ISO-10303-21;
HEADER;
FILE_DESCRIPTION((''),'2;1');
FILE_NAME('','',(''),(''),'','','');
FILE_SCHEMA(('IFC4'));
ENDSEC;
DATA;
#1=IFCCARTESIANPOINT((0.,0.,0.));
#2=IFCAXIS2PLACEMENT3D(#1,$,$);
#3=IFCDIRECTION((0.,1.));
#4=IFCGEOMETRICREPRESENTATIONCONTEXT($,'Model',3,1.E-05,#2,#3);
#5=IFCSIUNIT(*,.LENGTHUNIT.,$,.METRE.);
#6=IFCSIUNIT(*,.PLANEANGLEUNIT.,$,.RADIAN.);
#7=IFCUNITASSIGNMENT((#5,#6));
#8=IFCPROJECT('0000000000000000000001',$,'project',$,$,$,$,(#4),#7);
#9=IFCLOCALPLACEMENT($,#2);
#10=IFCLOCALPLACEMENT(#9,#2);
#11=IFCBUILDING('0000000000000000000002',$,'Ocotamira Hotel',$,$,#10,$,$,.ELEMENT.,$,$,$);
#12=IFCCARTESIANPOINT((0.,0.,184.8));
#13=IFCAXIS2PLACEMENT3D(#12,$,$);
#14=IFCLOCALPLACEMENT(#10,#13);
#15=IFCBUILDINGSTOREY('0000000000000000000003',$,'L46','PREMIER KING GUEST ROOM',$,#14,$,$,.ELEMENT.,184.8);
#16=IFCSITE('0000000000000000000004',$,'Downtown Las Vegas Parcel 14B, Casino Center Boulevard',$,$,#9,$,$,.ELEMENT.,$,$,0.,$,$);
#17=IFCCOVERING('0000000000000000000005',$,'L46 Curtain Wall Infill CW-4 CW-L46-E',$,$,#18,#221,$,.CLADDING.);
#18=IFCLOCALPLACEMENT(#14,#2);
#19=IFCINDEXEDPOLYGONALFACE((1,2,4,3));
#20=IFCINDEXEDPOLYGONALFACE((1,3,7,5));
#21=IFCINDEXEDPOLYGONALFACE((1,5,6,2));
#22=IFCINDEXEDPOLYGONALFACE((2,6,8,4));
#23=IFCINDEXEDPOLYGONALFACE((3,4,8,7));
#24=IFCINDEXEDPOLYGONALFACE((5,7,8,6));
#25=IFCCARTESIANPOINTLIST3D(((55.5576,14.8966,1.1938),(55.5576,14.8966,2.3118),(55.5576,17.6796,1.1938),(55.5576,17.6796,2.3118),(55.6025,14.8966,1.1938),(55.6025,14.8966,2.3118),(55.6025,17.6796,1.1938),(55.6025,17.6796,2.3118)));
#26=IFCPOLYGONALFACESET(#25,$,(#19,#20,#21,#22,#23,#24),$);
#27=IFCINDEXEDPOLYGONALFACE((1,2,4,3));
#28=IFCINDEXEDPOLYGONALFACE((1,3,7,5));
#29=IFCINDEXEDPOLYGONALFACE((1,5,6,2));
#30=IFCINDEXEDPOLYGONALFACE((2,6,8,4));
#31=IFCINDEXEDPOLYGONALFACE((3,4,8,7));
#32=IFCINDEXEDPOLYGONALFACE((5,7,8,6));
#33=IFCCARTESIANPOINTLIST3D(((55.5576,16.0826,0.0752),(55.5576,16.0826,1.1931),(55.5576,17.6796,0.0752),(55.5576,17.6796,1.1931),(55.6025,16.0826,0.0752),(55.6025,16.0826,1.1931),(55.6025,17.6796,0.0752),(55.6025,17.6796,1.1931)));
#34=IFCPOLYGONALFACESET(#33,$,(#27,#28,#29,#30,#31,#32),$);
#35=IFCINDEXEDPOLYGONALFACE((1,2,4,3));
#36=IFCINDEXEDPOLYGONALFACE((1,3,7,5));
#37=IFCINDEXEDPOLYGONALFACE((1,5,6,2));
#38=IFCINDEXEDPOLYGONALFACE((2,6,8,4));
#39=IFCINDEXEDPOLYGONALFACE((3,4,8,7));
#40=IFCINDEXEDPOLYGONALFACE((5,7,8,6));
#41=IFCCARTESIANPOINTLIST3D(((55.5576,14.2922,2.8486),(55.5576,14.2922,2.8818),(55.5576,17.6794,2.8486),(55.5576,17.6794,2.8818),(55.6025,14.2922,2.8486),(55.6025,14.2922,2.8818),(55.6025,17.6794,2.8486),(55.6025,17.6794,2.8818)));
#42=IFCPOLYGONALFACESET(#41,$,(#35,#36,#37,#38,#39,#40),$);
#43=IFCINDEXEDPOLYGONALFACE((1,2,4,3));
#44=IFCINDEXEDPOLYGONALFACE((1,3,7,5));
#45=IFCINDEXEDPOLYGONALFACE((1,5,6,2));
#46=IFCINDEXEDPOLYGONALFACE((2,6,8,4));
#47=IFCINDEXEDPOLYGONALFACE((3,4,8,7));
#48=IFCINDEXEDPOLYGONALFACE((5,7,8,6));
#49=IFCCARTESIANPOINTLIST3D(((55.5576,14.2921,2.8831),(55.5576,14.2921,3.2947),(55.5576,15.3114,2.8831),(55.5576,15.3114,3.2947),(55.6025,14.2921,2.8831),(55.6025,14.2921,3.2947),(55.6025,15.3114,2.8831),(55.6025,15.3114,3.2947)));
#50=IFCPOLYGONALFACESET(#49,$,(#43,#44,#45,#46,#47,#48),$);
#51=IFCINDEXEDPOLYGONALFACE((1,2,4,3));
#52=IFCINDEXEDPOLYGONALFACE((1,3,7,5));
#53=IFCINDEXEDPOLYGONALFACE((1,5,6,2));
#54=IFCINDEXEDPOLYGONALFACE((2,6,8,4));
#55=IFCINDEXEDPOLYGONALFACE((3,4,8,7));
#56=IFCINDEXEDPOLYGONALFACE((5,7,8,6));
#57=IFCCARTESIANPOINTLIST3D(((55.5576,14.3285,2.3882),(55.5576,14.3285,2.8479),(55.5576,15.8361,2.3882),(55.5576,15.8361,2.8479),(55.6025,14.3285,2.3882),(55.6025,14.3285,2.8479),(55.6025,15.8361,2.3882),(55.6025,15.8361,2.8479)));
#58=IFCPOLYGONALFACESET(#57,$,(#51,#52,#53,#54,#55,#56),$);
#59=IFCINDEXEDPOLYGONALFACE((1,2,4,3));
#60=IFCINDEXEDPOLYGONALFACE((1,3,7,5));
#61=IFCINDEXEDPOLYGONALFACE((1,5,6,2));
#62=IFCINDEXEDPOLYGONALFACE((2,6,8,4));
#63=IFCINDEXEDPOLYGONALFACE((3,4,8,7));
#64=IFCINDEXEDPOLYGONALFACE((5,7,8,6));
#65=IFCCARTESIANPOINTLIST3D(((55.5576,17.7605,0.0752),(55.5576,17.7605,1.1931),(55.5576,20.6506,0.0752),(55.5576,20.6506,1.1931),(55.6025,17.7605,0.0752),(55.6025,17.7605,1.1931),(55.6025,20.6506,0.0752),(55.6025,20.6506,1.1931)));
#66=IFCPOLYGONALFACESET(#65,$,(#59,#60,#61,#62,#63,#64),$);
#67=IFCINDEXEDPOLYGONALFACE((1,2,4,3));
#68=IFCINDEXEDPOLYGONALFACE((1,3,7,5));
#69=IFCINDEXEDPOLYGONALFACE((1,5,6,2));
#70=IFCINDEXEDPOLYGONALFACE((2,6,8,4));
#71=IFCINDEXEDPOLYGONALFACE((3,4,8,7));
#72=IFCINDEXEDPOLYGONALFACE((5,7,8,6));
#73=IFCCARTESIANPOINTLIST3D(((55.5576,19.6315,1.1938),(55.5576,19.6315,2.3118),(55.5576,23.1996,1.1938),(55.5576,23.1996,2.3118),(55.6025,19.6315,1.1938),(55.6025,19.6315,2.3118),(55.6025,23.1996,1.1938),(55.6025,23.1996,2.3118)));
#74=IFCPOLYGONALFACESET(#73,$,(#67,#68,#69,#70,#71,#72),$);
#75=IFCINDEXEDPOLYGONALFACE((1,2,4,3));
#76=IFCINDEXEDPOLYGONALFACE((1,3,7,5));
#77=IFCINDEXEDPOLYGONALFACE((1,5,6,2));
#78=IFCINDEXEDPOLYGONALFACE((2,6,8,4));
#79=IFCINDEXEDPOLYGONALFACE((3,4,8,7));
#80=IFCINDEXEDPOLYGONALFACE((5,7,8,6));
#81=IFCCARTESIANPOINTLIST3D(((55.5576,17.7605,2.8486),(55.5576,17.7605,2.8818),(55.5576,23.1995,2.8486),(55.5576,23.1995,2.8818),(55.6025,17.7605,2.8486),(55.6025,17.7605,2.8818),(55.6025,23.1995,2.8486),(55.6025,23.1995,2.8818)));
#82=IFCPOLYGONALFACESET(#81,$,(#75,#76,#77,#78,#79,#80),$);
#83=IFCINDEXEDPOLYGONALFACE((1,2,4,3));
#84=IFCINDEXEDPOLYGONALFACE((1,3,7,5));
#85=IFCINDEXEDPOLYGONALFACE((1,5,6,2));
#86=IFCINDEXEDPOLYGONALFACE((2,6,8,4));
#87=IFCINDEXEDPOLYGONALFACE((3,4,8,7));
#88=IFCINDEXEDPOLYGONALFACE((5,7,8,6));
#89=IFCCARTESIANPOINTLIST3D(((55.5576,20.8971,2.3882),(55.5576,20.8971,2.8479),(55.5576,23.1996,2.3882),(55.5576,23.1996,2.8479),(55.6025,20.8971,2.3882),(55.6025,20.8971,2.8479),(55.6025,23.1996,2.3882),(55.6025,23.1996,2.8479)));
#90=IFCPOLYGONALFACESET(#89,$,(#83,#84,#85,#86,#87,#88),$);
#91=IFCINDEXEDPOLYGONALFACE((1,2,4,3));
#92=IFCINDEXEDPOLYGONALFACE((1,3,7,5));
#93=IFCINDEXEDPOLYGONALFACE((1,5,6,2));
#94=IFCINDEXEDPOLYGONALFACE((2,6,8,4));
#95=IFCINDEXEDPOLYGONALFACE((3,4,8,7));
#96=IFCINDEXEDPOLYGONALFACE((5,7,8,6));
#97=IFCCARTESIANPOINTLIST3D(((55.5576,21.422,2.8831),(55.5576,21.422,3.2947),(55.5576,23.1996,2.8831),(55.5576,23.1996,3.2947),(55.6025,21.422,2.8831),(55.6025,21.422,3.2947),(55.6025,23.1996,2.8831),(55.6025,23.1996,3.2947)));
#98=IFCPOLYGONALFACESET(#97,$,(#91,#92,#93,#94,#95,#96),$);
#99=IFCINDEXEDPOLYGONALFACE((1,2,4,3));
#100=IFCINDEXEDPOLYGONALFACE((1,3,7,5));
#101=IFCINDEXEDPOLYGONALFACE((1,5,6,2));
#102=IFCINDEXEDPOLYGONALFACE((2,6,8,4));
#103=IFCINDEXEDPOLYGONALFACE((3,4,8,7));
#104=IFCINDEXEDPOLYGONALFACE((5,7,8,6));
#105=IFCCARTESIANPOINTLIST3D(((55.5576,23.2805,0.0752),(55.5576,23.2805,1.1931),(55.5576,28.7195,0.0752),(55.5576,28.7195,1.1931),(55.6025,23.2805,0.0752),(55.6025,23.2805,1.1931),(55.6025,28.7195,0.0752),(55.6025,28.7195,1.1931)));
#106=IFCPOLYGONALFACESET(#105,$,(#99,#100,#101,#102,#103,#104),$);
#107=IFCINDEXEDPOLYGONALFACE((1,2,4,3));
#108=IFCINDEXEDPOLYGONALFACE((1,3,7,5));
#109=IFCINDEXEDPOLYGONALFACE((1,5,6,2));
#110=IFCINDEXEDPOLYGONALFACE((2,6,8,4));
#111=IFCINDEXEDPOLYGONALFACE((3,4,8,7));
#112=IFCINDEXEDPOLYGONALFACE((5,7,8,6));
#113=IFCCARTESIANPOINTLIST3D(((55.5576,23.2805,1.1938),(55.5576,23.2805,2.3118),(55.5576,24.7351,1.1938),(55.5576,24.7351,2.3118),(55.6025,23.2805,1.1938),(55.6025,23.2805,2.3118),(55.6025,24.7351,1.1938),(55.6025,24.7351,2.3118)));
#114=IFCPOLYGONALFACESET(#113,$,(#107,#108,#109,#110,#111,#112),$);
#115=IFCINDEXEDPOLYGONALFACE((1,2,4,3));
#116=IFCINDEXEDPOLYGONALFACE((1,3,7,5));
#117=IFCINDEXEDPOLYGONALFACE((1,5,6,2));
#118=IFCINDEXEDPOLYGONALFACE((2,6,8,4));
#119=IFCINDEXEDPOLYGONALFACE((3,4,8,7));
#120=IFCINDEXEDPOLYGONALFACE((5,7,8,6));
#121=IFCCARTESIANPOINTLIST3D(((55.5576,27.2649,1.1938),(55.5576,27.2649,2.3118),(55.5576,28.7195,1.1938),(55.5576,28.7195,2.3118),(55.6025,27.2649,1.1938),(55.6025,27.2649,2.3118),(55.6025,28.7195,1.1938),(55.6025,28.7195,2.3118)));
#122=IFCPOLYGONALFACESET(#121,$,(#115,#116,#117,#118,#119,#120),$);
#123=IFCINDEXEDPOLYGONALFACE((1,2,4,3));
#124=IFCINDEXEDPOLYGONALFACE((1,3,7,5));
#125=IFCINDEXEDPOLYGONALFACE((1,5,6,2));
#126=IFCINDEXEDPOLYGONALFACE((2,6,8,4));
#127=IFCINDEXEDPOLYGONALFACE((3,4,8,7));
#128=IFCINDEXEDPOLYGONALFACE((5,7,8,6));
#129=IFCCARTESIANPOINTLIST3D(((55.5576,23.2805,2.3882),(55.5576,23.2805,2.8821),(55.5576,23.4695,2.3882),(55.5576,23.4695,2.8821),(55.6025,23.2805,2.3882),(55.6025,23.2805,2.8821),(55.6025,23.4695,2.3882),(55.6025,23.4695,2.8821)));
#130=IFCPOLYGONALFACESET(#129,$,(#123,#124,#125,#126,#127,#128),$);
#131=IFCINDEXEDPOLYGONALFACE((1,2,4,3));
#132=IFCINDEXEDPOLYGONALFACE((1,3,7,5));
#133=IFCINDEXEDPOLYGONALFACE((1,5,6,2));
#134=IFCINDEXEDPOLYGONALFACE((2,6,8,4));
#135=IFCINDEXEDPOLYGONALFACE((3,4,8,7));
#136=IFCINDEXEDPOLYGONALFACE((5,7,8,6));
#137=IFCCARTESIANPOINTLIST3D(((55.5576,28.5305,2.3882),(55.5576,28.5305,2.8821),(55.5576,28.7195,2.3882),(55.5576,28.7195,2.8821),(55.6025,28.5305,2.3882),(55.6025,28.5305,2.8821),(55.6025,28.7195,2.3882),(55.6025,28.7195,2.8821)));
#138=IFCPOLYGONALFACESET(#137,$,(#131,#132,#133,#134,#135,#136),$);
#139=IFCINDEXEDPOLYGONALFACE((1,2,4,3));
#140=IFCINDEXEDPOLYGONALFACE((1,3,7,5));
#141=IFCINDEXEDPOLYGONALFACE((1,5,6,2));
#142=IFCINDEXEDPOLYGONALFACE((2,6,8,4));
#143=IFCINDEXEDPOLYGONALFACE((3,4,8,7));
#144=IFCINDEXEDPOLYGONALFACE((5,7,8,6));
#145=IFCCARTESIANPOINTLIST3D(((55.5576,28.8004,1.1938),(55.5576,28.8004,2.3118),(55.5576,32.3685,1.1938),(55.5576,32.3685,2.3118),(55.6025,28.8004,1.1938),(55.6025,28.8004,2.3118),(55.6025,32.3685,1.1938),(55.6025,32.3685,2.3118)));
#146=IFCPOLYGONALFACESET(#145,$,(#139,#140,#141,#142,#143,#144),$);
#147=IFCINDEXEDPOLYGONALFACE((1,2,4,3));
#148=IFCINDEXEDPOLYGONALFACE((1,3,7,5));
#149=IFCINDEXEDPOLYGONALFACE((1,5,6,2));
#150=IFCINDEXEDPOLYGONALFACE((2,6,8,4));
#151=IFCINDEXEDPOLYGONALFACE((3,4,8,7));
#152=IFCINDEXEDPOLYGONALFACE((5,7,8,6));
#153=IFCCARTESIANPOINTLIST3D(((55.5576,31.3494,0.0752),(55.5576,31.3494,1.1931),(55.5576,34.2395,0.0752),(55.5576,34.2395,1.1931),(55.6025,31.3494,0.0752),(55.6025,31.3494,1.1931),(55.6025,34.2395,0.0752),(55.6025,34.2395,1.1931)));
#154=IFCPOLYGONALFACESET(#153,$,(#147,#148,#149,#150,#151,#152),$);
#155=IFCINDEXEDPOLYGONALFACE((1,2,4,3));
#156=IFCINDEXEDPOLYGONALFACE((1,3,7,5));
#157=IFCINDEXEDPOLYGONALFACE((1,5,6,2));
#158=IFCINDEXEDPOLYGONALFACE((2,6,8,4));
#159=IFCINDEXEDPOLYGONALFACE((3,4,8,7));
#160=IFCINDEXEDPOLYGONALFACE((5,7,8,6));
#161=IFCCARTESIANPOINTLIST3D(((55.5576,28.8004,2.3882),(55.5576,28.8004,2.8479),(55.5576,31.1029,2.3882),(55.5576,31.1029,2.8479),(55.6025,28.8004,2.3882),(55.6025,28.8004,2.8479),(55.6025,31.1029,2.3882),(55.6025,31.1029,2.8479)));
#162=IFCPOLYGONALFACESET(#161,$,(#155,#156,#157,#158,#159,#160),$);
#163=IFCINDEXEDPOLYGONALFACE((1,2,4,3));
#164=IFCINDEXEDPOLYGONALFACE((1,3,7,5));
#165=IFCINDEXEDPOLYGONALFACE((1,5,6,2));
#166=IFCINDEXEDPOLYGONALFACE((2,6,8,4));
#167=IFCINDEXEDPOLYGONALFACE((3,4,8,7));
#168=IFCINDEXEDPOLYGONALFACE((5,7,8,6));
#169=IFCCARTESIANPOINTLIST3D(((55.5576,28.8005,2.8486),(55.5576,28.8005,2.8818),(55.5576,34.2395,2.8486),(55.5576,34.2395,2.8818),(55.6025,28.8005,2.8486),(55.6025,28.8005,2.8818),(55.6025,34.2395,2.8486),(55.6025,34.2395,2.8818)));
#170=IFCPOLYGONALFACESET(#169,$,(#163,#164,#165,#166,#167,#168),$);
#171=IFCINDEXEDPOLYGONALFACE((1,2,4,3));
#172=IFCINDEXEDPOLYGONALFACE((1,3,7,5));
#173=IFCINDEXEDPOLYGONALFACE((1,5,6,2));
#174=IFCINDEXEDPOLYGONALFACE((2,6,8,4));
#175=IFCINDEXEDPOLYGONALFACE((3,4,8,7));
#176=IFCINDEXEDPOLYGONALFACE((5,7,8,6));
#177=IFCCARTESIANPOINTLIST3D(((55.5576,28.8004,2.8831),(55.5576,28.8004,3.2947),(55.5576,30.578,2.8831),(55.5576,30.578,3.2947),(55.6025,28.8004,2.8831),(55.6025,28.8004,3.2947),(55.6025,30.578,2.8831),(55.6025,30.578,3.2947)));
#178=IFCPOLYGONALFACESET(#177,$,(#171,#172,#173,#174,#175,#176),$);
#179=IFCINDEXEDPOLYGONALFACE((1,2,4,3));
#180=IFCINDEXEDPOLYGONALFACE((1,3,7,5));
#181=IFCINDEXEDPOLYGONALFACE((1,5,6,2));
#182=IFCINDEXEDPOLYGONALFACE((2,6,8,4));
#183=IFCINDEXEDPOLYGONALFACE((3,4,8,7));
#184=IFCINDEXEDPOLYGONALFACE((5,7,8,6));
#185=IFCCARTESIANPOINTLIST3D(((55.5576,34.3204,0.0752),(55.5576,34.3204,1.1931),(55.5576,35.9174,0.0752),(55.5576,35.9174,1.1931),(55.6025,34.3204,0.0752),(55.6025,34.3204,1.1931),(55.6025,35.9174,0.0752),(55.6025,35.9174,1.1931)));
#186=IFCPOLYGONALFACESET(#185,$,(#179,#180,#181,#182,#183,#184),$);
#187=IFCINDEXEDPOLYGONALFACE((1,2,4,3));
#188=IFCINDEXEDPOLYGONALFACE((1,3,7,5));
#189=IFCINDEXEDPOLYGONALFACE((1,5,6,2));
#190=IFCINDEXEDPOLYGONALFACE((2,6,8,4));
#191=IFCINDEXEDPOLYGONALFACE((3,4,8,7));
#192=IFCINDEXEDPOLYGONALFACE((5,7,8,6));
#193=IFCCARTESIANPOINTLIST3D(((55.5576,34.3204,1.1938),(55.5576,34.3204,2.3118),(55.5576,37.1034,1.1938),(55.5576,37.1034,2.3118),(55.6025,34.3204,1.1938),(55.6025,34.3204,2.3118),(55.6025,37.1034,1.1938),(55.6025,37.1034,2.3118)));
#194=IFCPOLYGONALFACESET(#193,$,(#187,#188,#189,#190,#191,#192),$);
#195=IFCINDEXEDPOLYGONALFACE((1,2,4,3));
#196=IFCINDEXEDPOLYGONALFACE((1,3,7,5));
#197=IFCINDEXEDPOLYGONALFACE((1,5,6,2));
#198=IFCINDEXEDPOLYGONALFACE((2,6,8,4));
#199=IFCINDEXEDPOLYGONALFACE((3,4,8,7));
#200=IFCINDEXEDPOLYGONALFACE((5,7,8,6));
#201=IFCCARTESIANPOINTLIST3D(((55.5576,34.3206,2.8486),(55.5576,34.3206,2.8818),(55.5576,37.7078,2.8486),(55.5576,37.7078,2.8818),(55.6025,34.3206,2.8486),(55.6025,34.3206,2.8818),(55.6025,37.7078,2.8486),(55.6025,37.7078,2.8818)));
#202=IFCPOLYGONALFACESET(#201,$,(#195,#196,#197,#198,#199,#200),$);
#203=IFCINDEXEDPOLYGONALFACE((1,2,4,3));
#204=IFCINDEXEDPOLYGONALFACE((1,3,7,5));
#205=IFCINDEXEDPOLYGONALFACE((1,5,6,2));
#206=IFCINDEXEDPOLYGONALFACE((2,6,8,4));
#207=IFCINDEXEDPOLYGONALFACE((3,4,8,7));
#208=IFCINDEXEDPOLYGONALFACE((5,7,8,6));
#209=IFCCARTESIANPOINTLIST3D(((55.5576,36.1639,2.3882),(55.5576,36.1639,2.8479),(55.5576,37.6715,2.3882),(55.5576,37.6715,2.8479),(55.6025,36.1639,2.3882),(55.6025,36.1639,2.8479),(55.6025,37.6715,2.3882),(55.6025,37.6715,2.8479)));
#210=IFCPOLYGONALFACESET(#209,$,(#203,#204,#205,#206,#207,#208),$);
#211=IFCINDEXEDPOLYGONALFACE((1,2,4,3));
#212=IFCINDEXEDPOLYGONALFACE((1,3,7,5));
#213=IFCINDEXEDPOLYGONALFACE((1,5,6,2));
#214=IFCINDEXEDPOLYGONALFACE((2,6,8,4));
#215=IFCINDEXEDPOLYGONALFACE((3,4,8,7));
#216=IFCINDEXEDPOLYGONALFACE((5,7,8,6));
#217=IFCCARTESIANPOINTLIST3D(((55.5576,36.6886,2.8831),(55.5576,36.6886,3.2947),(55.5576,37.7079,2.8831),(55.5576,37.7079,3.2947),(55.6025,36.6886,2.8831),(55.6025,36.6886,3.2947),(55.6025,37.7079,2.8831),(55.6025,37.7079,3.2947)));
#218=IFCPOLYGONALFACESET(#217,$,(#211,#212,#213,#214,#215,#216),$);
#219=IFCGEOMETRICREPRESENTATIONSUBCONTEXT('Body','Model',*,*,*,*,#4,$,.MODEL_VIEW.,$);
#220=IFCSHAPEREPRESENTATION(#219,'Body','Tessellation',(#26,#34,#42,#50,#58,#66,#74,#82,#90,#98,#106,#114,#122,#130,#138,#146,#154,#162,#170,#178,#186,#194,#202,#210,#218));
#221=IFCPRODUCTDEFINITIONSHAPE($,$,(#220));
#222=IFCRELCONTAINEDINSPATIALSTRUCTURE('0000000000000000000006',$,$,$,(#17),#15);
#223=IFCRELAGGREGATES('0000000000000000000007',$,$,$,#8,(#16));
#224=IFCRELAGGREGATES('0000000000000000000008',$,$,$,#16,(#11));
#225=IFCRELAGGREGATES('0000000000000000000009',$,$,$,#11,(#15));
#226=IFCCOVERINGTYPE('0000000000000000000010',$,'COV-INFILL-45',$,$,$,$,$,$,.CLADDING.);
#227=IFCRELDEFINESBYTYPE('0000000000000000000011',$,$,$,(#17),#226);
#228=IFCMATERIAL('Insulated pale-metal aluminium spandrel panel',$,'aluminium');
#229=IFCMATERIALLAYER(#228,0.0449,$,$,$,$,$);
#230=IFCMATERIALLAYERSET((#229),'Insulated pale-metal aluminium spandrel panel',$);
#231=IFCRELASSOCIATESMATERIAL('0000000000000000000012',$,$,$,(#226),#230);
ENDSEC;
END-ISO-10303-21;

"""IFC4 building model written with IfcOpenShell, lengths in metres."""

from ifc_helpers import new_model, si_unit, direction, frame, origin, origin_2d, place, context, subcontext, project, spatial, rectangle, extrude, material, layer, layer_set, type_object, element, save


model = new_model("IFC4")

# Units and contexts
model_context = context("Model", 3, precision=1e-05, world=origin(), true_north=direction((0.0, 1.0)))
body_context = subcontext(model_context, "Body", "Model", "MODEL_VIEW")
ifc_project = project(units=[si_unit("LENGTHUNIT", "METRE"), si_unit("PLANEANGLEUNIT", "RADIAN")], contexts=[model_context])

# Site, building, storey
site_placement = place(None, origin())
site = spatial("IfcSite", under=ifc_project, at=site_placement, Name="Downtown Las Vegas Parcel 14B, Casino Center Boulevard", CompositionType="ELEMENT", RefElevation=0.0)
building_placement = place(site_placement, origin())
building = spatial("IfcBuilding", under=site, at=building_placement, Name="Ocotamira Hotel", CompositionType="ELEMENT")
storey_placement = place(building_placement, frame((0.0, 0.0, 184.8)))
storey = spatial("IfcBuildingStorey", under=building, at=storey_placement, Name="L46", Description="PREMIER KING GUEST ROOM", CompositionType="ELEMENT", Elevation=184.8)

# Covering
ifc_material_1 = material(Name="Insulated pale-metal aluminium spandrel panel", Category="aluminium")
ifc_layer_1 = layer(ifc_material_1, 0.0449)
ifc_layer_set_1 = layer_set([ifc_layer_1], Name="Insulated pale-metal aluminium spandrel panel")
covering_type_1 = type_object("IfcCoveringType", Name="COV-INFILL-45", PredefinedType="CLADDING", material=ifc_layer_set_1)
covering_1_placement = place(storey_placement, origin())
element("IfcCovering", 1, at=covering_1_placement, inside=storey, type_object=covering_type_1, Name="L46 Curtain Wall Infill CW-4 CW-L46-E", PredefinedType="CLADDING", context=body_context, shape_type="SweptSolid", body=[
    extrude(rectangle(XDim=2.783, YDim=0.0449, at=origin_2d()), frame((55.5801, 16.2881, 1.1938), z_axis=(0.0, 0.0, 1.0), x_axis=(0.0, 1.0, 0.0)), (0.0, 0.0, 1.0), 1.1179),
    extrude(rectangle(XDim=1.5969, YDim=0.0449, at=origin_2d()), frame((55.5801, 16.8811, 0.0752), z_axis=(0.0, 0.0, 1.0), x_axis=(0.0, 1.0, 0.0)), (0.0, 0.0, 1.0), 1.1179),
    extrude(rectangle(XDim=3.3872, YDim=0.0449, at=origin_2d()), frame((55.5801, 15.9858, 2.8486), z_axis=(0.0, 0.0, 1.0), x_axis=(0.0, 1.0, 0.0)), (0.0, 0.0, 1.0), 0.0332),
    extrude(rectangle(XDim=1.0193, YDim=0.0449, at=origin_2d()), frame((55.5801, 14.8018, 2.8831), z_axis=(0.0, 0.0, 1.0), x_axis=(0.0, 1.0, 0.0)), (0.0, 0.0, 1.0), 0.4116),
    extrude(rectangle(XDim=1.5076, YDim=0.0449, at=origin_2d()), frame((55.5801, 15.0823, 2.3882), z_axis=(0.0, 0.0, 1.0), x_axis=(0.0, 1.0, 0.0)), (0.0, 0.0, 1.0), 0.4597),
    extrude(rectangle(XDim=2.8901, YDim=0.0449, at=origin_2d()), frame((55.5801, 19.2056, 0.0752), z_axis=(0.0, 0.0, 1.0), x_axis=(0.0, 1.0, 0.0)), (0.0, 0.0, 1.0), 1.1179),
    extrude(rectangle(XDim=3.5681, YDim=0.0449, at=origin_2d()), frame((55.5801, 21.4155, 1.1938), z_axis=(0.0, 0.0, 1.0), x_axis=(0.0, 1.0, 0.0)), (0.0, 0.0, 1.0), 1.1179),
    extrude(rectangle(XDim=5.439, YDim=0.0449, at=origin_2d()), frame((55.5801, 20.48, 2.8486), z_axis=(0.0, 0.0, 1.0), x_axis=(0.0, 1.0, 0.0)), (0.0, 0.0, 1.0), 0.0332),
    extrude(rectangle(XDim=2.3025, YDim=0.0449, at=origin_2d()), frame((55.5801, 22.0483, 2.3882), z_axis=(0.0, 0.0, 1.0), x_axis=(0.0, 1.0, 0.0)), (0.0, 0.0, 1.0), 0.4597),
    extrude(rectangle(XDim=1.7776, YDim=0.0449, at=origin_2d()), frame((55.5801, 22.3108, 2.8831), z_axis=(0.0, 0.0, 1.0), x_axis=(0.0, 1.0, 0.0)), (0.0, 0.0, 1.0), 0.4116),
    extrude(rectangle(XDim=5.439, YDim=0.0449, at=origin_2d()), frame((55.5801, 26.0, 0.0752), z_axis=(0.0, 0.0, 1.0), x_axis=(0.0, 1.0, 0.0)), (0.0, 0.0, 1.0), 1.1179),
    extrude(rectangle(XDim=1.4546, YDim=0.0449, at=origin_2d()), frame((55.5801, 24.0078, 1.1938), z_axis=(0.0, 0.0, 1.0), x_axis=(0.0, 1.0, 0.0)), (0.0, 0.0, 1.0), 1.1179),
    extrude(rectangle(XDim=1.4546, YDim=0.0449, at=origin_2d()), frame((55.5801, 27.9922, 1.1938), z_axis=(0.0, 0.0, 1.0), x_axis=(0.0, 1.0, 0.0)), (0.0, 0.0, 1.0), 1.1179),
    extrude(rectangle(XDim=0.189, YDim=0.0449, at=origin_2d()), frame((55.5801, 23.375, 2.3882), z_axis=(0.0, 0.0, 1.0), x_axis=(0.0, 1.0, 0.0)), (0.0, 0.0, 1.0), 0.4939),
    extrude(rectangle(XDim=0.189, YDim=0.0449, at=origin_2d()), frame((55.5801, 28.625, 2.3882), z_axis=(0.0, 0.0, 1.0), x_axis=(0.0, 1.0, 0.0)), (0.0, 0.0, 1.0), 0.4939),
    extrude(rectangle(XDim=3.5681, YDim=0.0449, at=origin_2d()), frame((55.5801, 30.5845, 1.1938), z_axis=(0.0, 0.0, 1.0), x_axis=(0.0, 1.0, 0.0)), (0.0, 0.0, 1.0), 1.1179),
    extrude(rectangle(XDim=2.8901, YDim=0.0449, at=origin_2d()), frame((55.5801, 32.7944, 0.0752), z_axis=(0.0, 0.0, 1.0), x_axis=(0.0, 1.0, 0.0)), (0.0, 0.0, 1.0), 1.1179),
    extrude(rectangle(XDim=2.3025, YDim=0.0449, at=origin_2d()), frame((55.5801, 29.9517, 2.3882), z_axis=(0.0, 0.0, 1.0), x_axis=(0.0, 1.0, 0.0)), (0.0, 0.0, 1.0), 0.4597),
    extrude(rectangle(XDim=5.439, YDim=0.0449, at=origin_2d()), frame((55.5801, 31.52, 2.8486), z_axis=(0.0, 0.0, 1.0), x_axis=(0.0, 1.0, 0.0)), (0.0, 0.0, 1.0), 0.0332),
    extrude(rectangle(XDim=1.7776, YDim=0.0449, at=origin_2d()), frame((55.5801, 29.6892, 2.8831), z_axis=(0.0, 0.0, 1.0), x_axis=(0.0, 1.0, 0.0)), (0.0, 0.0, 1.0), 0.4116),
    extrude(rectangle(XDim=1.5969, YDim=0.0449, at=origin_2d()), frame((55.5801, 35.1189, 0.0752), z_axis=(0.0, 0.0, 1.0), x_axis=(0.0, 1.0, 0.0)), (0.0, 0.0, 1.0), 1.1179),
    extrude(rectangle(XDim=2.783, YDim=0.0449, at=origin_2d()), frame((55.5801, 35.7119, 1.1938), z_axis=(0.0, 0.0, 1.0), x_axis=(0.0, 1.0, 0.0)), (0.0, 0.0, 1.0), 1.1179),
    extrude(rectangle(XDim=3.3872, YDim=0.0449, at=origin_2d()), frame((55.5801, 36.0142, 2.8486), z_axis=(0.0, 0.0, 1.0), x_axis=(0.0, 1.0, 0.0)), (0.0, 0.0, 1.0), 0.0332),
    extrude(rectangle(XDim=1.5076, YDim=0.0449, at=origin_2d()), frame((55.5801, 36.9177, 2.3882), z_axis=(0.0, 0.0, 1.0), x_axis=(0.0, 1.0, 0.0)), (0.0, 0.0, 1.0), 0.4597),
    extrude(rectangle(XDim=1.0193, YDim=0.0449, at=origin_2d()), frame((55.5801, 37.1982, 2.8831), z_axis=(0.0, 0.0, 1.0), x_axis=(0.0, 1.0, 0.0)), (0.0, 0.0, 1.0), 0.4116),
])

save(model, "model.ifc")
